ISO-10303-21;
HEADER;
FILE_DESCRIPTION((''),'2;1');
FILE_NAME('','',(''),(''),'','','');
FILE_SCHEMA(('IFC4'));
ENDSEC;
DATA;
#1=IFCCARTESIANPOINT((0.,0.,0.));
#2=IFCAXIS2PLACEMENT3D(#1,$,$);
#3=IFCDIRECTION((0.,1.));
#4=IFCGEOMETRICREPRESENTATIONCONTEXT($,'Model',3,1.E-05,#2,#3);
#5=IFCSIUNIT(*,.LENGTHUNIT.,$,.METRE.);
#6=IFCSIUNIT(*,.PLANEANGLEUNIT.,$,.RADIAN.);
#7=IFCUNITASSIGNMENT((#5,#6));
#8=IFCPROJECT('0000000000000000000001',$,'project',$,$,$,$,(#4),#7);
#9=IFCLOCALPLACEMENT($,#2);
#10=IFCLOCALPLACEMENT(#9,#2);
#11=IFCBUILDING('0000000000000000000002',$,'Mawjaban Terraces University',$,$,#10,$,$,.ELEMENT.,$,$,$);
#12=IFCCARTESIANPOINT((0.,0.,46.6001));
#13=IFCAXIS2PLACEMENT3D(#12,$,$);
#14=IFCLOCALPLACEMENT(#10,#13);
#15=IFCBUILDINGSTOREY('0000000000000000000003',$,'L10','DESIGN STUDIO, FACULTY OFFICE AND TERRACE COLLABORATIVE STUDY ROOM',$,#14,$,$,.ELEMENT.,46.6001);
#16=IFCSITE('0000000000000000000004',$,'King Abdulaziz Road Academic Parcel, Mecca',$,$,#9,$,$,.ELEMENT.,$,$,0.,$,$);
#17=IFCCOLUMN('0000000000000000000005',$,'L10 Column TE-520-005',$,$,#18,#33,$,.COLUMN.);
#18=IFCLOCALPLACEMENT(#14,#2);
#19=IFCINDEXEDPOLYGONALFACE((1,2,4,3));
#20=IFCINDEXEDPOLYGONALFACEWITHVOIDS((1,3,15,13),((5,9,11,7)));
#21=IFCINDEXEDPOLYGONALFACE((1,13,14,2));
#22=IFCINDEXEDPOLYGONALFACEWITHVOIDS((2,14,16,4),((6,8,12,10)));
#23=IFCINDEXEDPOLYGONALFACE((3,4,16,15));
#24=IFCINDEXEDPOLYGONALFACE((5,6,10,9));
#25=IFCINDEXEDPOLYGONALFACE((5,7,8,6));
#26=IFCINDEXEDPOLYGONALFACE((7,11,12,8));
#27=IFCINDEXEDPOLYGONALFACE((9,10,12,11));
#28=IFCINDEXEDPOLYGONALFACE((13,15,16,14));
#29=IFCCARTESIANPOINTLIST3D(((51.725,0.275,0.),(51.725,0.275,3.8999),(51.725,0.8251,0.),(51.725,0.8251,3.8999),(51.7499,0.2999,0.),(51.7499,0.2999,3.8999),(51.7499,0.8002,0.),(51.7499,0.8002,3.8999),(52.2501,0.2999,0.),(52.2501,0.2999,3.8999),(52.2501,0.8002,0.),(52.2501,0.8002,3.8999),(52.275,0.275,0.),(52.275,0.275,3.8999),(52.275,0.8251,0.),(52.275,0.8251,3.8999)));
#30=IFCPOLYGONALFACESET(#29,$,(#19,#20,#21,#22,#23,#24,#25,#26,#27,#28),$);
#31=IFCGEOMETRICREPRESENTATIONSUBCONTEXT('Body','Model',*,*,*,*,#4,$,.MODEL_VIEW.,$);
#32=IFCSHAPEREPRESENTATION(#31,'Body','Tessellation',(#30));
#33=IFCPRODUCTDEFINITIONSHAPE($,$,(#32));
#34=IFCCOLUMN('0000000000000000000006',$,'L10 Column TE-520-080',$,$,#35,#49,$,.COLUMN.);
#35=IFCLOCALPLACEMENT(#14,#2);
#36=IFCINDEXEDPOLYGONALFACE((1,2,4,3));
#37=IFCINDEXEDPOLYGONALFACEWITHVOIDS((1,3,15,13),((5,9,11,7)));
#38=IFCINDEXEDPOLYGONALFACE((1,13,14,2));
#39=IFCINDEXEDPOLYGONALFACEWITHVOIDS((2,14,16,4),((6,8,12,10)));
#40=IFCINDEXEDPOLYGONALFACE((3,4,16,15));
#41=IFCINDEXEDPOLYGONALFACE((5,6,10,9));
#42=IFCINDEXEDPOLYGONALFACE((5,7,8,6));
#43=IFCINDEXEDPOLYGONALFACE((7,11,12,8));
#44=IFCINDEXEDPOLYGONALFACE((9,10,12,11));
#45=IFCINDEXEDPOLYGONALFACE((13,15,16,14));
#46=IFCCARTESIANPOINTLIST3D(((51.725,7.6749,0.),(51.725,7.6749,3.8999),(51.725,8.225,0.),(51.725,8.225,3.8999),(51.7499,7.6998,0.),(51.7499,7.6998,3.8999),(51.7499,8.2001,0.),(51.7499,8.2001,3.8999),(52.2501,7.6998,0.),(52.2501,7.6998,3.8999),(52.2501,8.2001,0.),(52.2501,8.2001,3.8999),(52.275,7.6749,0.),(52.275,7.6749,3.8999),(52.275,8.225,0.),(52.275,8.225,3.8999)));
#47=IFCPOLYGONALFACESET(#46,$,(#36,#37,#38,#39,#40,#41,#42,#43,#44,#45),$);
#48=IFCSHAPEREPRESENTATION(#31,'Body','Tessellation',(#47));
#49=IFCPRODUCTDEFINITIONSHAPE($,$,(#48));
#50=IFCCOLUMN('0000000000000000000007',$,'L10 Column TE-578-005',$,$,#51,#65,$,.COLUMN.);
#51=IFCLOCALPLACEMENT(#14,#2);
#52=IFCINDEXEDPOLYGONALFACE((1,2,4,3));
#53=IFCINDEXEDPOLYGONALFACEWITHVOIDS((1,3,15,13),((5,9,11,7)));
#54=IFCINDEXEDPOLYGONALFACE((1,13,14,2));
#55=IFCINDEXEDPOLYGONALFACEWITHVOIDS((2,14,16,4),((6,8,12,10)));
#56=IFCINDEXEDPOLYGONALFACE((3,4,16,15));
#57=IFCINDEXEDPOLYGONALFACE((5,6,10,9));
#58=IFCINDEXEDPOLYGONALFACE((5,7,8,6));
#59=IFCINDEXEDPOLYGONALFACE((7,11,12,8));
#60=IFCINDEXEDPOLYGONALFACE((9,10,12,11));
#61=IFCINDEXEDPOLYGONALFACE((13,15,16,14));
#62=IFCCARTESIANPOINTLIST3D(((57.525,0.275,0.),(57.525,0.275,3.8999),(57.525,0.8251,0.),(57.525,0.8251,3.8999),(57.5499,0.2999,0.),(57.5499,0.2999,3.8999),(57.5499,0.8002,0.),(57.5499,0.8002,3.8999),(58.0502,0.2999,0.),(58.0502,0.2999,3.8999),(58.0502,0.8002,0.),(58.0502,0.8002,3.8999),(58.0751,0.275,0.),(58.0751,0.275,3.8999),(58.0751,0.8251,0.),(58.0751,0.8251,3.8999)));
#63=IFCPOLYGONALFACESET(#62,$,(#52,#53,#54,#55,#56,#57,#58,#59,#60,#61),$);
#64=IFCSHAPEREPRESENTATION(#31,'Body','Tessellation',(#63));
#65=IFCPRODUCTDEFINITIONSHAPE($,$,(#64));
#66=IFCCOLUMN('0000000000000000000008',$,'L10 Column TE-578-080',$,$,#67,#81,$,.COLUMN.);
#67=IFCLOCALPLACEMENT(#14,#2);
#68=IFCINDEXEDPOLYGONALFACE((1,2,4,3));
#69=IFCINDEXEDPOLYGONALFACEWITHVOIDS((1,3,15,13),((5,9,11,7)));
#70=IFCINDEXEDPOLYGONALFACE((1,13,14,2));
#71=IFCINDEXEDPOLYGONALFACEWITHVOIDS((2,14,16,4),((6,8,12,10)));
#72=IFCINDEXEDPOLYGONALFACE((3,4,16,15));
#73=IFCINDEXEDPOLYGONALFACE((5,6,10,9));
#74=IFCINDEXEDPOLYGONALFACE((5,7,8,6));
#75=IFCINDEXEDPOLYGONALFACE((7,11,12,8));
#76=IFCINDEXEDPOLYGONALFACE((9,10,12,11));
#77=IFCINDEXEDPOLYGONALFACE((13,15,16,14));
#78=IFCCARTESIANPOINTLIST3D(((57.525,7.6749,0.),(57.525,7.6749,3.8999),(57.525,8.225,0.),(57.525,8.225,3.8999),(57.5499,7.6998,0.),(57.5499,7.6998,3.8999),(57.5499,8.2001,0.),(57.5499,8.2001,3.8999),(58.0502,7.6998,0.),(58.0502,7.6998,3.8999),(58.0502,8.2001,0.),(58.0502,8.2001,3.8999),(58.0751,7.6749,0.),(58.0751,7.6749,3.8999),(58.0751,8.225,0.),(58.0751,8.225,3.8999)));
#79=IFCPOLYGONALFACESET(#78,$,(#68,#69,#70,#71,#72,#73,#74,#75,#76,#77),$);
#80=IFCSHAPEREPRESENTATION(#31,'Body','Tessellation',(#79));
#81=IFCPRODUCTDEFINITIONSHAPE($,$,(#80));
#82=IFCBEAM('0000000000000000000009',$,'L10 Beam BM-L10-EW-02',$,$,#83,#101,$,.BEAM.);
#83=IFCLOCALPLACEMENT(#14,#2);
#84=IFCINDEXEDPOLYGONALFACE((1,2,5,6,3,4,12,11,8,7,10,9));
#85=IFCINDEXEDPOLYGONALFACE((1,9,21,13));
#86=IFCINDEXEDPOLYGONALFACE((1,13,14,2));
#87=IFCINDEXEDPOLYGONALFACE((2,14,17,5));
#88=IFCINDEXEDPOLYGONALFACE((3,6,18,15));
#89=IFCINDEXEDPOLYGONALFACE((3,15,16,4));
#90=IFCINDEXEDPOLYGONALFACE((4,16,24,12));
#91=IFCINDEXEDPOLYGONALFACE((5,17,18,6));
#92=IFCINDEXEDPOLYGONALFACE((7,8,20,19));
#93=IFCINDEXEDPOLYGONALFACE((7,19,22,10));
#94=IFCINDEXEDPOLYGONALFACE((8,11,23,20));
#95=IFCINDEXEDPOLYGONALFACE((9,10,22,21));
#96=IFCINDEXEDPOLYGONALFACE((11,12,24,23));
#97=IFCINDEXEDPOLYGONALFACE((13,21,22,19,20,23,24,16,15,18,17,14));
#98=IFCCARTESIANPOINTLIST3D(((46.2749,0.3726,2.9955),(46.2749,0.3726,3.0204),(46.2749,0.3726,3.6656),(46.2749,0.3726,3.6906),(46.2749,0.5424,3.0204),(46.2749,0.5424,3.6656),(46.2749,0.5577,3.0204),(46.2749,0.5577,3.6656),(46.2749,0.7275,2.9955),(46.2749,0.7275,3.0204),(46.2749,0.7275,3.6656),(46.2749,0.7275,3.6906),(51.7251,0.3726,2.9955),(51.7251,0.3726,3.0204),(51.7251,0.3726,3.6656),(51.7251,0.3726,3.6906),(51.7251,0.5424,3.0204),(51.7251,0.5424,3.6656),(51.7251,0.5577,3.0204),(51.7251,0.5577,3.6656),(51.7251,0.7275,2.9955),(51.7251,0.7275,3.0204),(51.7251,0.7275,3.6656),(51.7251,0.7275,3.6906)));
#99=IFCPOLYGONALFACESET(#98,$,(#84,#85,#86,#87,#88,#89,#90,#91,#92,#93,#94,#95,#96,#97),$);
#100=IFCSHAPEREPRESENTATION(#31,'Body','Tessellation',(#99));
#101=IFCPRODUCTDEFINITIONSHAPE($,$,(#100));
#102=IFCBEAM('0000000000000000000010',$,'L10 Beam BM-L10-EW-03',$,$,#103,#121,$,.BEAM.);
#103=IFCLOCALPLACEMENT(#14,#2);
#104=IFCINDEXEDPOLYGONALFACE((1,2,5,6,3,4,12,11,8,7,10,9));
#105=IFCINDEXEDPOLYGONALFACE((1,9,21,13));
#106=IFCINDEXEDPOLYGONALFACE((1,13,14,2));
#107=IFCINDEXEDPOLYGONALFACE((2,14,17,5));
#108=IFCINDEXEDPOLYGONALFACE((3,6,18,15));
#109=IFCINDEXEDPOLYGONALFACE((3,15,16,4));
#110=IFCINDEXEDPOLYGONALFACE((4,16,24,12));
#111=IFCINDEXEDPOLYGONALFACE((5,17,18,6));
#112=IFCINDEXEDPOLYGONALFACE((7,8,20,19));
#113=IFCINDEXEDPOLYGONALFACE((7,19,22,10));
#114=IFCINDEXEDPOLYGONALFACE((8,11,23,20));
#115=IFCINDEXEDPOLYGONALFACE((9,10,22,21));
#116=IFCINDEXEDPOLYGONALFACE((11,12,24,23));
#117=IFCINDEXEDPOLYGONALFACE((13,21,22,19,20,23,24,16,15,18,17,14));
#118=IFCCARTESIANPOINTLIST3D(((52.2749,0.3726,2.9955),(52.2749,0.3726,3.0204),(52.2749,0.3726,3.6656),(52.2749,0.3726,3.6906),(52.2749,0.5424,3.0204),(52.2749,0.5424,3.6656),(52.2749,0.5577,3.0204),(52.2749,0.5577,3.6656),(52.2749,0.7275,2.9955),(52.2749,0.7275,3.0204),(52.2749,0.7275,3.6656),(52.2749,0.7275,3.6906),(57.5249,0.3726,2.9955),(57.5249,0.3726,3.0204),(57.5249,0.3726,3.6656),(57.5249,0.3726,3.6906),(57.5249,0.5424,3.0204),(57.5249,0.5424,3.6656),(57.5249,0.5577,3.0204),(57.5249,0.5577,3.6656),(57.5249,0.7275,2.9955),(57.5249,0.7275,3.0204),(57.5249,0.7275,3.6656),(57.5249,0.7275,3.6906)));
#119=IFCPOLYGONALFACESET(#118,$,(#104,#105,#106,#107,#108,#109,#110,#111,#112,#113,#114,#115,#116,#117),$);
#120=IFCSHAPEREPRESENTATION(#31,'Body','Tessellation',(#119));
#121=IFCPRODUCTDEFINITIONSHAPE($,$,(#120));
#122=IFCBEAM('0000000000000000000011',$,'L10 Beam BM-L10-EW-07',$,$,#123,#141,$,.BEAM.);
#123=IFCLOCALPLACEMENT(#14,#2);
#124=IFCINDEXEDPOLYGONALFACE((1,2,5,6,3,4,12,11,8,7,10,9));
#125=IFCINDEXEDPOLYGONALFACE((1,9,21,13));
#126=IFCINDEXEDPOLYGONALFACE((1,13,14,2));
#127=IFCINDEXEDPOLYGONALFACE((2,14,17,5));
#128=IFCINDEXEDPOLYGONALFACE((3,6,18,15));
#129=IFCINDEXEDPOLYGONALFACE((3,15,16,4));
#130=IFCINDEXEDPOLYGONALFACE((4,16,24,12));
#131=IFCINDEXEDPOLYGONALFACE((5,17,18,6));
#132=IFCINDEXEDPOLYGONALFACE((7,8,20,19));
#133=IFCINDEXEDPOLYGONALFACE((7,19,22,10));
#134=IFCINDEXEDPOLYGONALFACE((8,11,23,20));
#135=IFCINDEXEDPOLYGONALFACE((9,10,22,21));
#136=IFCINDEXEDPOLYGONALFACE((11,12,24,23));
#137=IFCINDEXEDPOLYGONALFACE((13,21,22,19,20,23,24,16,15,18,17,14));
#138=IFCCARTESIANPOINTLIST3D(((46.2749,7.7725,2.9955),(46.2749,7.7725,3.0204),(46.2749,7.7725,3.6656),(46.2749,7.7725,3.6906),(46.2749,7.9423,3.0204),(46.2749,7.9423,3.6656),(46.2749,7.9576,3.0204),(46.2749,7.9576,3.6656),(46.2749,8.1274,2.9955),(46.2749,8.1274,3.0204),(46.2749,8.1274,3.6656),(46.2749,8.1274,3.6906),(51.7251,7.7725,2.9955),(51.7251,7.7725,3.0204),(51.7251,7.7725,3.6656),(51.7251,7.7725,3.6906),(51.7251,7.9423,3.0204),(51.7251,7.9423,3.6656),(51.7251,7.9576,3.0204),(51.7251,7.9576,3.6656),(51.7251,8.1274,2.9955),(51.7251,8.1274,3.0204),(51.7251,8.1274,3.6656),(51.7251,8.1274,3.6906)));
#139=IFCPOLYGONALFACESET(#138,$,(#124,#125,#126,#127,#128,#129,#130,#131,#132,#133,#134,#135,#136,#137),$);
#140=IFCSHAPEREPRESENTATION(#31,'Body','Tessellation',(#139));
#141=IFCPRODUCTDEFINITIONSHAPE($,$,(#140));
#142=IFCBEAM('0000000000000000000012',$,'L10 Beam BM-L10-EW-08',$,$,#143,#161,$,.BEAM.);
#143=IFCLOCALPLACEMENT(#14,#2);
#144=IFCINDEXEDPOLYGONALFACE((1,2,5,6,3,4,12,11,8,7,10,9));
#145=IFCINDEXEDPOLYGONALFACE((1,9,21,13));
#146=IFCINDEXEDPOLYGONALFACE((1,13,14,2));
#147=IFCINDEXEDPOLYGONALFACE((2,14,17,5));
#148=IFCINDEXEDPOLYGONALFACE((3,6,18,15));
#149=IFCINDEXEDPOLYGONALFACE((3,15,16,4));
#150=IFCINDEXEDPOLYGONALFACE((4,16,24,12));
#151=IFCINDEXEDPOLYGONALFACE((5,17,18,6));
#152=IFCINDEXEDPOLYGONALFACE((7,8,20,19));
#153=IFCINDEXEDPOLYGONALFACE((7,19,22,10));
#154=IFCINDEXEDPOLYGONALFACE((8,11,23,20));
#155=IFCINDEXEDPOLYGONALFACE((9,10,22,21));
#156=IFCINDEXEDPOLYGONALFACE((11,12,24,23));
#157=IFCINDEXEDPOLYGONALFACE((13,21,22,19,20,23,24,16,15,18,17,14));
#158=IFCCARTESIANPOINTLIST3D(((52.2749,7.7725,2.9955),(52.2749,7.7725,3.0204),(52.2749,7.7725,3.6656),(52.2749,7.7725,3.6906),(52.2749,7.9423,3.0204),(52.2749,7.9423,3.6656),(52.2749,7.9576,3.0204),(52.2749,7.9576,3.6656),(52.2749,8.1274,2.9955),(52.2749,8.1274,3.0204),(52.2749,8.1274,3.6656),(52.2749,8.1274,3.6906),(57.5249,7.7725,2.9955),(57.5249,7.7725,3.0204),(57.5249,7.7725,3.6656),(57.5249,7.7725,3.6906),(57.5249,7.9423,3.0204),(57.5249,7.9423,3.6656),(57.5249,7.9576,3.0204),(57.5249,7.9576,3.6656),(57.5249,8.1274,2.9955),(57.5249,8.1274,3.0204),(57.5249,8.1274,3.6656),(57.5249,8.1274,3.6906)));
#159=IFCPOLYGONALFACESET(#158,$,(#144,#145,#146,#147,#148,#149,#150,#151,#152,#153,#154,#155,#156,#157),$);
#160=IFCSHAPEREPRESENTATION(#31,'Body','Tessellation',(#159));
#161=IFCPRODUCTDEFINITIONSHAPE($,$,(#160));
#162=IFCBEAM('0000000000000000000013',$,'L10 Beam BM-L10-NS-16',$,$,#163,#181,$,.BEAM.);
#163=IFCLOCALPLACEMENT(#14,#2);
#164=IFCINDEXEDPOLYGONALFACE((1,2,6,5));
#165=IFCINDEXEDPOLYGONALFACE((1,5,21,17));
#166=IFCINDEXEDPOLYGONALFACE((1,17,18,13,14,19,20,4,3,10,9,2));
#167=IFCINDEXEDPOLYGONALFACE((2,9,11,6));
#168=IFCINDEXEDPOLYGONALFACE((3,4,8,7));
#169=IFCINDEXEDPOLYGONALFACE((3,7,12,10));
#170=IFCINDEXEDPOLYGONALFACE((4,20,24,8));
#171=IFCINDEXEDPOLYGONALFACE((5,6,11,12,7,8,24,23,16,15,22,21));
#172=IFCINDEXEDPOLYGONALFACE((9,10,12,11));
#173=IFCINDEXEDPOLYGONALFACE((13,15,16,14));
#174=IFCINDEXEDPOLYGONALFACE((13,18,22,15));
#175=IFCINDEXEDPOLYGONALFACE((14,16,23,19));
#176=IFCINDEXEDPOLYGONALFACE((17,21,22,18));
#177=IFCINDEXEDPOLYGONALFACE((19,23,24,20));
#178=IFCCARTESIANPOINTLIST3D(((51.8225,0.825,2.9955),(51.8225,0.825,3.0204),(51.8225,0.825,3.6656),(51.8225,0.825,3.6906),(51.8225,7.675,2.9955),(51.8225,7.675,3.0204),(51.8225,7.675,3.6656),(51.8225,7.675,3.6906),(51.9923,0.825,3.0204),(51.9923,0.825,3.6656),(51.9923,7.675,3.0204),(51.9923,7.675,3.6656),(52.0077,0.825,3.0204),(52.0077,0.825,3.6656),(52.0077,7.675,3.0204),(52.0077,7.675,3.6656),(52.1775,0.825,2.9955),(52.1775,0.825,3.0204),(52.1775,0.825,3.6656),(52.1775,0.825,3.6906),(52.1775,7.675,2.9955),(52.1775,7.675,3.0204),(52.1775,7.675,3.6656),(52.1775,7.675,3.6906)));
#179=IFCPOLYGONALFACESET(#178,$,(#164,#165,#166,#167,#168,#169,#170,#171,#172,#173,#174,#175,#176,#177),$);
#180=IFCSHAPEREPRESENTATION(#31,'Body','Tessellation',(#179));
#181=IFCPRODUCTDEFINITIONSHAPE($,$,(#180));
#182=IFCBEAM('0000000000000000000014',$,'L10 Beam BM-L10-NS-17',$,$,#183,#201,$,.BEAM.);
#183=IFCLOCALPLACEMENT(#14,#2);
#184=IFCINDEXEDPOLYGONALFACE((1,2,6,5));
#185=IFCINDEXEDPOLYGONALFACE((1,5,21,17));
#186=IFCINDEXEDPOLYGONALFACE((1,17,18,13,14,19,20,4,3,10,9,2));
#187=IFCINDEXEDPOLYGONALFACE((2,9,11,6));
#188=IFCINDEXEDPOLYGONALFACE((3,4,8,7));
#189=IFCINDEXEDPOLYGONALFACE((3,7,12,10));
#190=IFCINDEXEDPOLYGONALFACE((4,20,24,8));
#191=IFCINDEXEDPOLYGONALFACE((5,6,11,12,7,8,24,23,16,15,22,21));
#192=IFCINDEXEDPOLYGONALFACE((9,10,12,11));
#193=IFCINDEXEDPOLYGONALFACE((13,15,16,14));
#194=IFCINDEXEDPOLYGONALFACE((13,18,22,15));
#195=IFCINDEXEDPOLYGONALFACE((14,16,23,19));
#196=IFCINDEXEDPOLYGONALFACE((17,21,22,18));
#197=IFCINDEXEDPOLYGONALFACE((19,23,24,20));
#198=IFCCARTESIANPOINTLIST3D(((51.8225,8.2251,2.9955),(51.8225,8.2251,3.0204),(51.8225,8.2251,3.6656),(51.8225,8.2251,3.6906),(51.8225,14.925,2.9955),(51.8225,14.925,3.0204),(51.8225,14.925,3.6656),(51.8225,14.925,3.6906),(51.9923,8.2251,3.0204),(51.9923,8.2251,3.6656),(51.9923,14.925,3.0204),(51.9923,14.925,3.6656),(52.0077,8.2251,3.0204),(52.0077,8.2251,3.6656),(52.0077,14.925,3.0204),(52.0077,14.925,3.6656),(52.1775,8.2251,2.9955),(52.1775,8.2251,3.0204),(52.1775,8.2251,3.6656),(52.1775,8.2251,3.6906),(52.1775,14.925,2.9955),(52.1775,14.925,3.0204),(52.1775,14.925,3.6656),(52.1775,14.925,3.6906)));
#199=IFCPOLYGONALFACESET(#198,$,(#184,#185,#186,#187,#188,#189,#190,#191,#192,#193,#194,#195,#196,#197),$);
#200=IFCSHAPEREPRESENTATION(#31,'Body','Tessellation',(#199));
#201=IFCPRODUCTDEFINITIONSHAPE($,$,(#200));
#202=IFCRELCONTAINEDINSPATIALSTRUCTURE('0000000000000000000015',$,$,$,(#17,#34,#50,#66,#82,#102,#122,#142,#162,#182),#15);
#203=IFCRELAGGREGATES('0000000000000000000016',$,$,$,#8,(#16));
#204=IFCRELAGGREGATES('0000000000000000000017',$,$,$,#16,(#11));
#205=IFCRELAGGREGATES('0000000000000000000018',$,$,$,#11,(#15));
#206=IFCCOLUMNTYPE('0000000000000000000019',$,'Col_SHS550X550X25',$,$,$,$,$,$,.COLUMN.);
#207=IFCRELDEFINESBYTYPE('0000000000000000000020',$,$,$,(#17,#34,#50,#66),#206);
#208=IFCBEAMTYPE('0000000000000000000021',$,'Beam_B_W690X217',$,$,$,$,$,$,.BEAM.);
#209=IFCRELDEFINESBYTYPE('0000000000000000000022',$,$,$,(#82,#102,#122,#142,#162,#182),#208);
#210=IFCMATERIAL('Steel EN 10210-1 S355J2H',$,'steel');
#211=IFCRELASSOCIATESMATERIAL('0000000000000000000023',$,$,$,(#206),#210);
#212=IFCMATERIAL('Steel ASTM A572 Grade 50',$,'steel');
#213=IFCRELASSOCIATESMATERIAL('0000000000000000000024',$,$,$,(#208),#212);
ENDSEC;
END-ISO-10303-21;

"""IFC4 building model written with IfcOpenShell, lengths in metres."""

from ifc_helpers import new_model, si_unit, direction, frame, origin, origin_2d, place, context, subcontext, project, spatial, hollow_rectangle, i_section, extrude, material, material_profile, profile_set, type_object, element, save


model = new_model("IFC4")

# Units and contexts
model_context = context("Model", 3, precision=1e-05, world=origin(), true_north=direction((0.0, 1.0)))
body_context = subcontext(model_context, "Body", "Model", "MODEL_VIEW")
ifc_project = project(units=[si_unit("LENGTHUNIT", "METRE"), si_unit("PLANEANGLEUNIT", "RADIAN")], contexts=[model_context])

# Site, building, storey
site_placement = place(None, origin())
site = spatial("IfcSite", under=ifc_project, at=site_placement, Name="King Abdulaziz Road Academic Parcel, Mecca", CompositionType="ELEMENT", RefElevation=0.0)
building_placement = place(site_placement, origin())
building = spatial("IfcBuilding", under=site, at=building_placement, Name="Mawjaban Terraces University", CompositionType="ELEMENT")
storey_placement = place(building_placement, frame((0.0, 0.0, 46.6001)))
storey = spatial("IfcBuildingStorey", under=building, at=storey_placement, Name="L10", Description="DESIGN STUDIO, FACULTY OFFICE AND TERRACE COLLABORATIVE STUDY ROOM", CompositionType="ELEMENT", Elevation=46.6001)

# Columns
ifc_material_1 = material(Name="Steel EN 10210-1 S355J2H", Category="steel")
ifc_material_profile_1 = material_profile(ifc_material_1, hollow_rectangle(XDim=0.55, YDim=0.55, WallThickness=0.0249, at=origin_2d()), Name="SHS550X550X25")
ifc_profile_set_1 = profile_set([ifc_material_profile_1], Name="Steel EN 10210-1 S355J2H")
column_type = type_object("IfcColumnType", Name="Col_SHS550X550X25", PredefinedType="COLUMN", material=ifc_profile_set_1)
for number, where, z_axis, x_axis, name in (
    (1, (52.0, 0.55, 0.0), (0.0, 0.0, 1.0), (1.0, 0.0, 0.0), "L10 Column TE-520-005"),
    (2, (52.0, 7.95, 0.0), (0.0, 0.0, 1.0), (1.0, 0.0, 0.0), "L10 Column TE-520-080"),
    (3, (57.8, 0.55, 0.0), (0.0, 0.0, 1.0), (1.0, 0.0, 0.0), "L10 Column TE-578-005"),
    (4, (57.8, 7.95, 0.0), (0.0, 0.0, 1.0), (1.0, 0.0, 0.0), "L10 Column TE-578-080"),
):
    element("IfcColumn", number, at=place(storey_placement, frame(where, z_axis=z_axis, x_axis=x_axis)), inside=storey, type_object=column_type, Name=name, PredefinedType="COLUMN", context=body_context, shape_type="SweptSolid", body=[
        extrude(hollow_rectangle(XDim=0.55, YDim=0.55, WallThickness=0.0249, at=origin_2d()), origin(), (0.0, 0.0, 1.0), 3.8999),
    ])

# Beams
ifc_material_2 = material(Name="Steel ASTM A572 Grade 50", Category="steel")
ifc_material_profile_2 = material_profile(ifc_material_2, i_section(OverallWidth=0.355, OverallDepth=0.6951, WebThickness=0.0154, FlangeThickness=0.0249, at=origin_2d()), Name="W690X217")
ifc_profile_set_2 = profile_set([ifc_material_profile_2], Name="Steel ASTM A572 Grade 50")
beam_type_1 = type_object("IfcBeamType", Name="Beam_B_W690X217", PredefinedType="BEAM", material=ifc_profile_set_2)
beam_1_placement = place(storey_placement, frame((46.2749, 0.55, 3.343), z_axis=(1.0, 0.0, 0.0), x_axis=(0.0, 1.0, 0.0)))
element("IfcBeam", 5, at=beam_1_placement, inside=storey, type_object=beam_type_1, Name="L10 Beam BM-L10-EW-02", PredefinedType="BEAM", context=body_context, shape_type="SweptSolid", body=[
    extrude(i_section(OverallWidth=0.355, OverallDepth=0.6951, WebThickness=0.0154, FlangeThickness=0.0249, at=origin_2d()), origin(), (0.0, 0.0, 1.0), 5.4502),
])
beam_2_placement = place(storey_placement, frame((52.2749, 0.55, 3.343), z_axis=(1.0, 0.0, 0.0), x_axis=(0.0, 1.0, 0.0)))
element("IfcBeam", 6, at=beam_2_placement, inside=storey, type_object=beam_type_1, Name="L10 Beam BM-L10-EW-03", PredefinedType="BEAM", context=body_context, shape_type="SweptSolid", body=[
    extrude(i_section(OverallWidth=0.355, OverallDepth=0.6951, WebThickness=0.0154, FlangeThickness=0.0249, at=origin_2d()), origin(), (0.0, 0.0, 1.0), 5.25),
])
beam_3_placement = place(storey_placement, frame((46.2749, 7.95, 3.343), z_axis=(1.0, 0.0, 0.0), x_axis=(0.0, 1.0, 0.0)))
element("IfcBeam", 7, at=beam_3_placement, inside=storey, type_object=beam_type_1, Name="L10 Beam BM-L10-EW-07", PredefinedType="BEAM", context=body_context, shape_type="SweptSolid", body=[
    extrude(i_section(OverallWidth=0.355, OverallDepth=0.6951, WebThickness=0.0154, FlangeThickness=0.0249, at=origin_2d()), origin(), (0.0, 0.0, 1.0), 5.4502),
])
beam_4_placement = place(storey_placement, frame((52.2749, 7.95, 3.343), z_axis=(1.0, 0.0, 0.0), x_axis=(0.0, 1.0, 0.0)))
element("IfcBeam", 8, at=beam_4_placement, inside=storey, type_object=beam_type_1, Name="L10 Beam BM-L10-EW-08", PredefinedType="BEAM", context=body_context, shape_type="SweptSolid", body=[
    extrude(i_section(OverallWidth=0.355, OverallDepth=0.6951, WebThickness=0.0154, FlangeThickness=0.0249, at=origin_2d()), origin(), (0.0, 0.0, 1.0), 5.25),
])
beam_5_placement = place(storey_placement, frame((52.0, 0.825, 3.343), z_axis=(0.0, 1.0, 0.0), x_axis=(-1.0, 0.0, 0.0)))
element("IfcBeam", 9, at=beam_5_placement, inside=storey, type_object=beam_type_1, Name="L10 Beam BM-L10-NS-16", PredefinedType="BEAM", context=body_context, shape_type="SweptSolid", body=[
    extrude(i_section(OverallWidth=0.355, OverallDepth=0.6951, WebThickness=0.0154, FlangeThickness=0.0249, at=origin_2d()), origin(), (0.0, 0.0, 1.0), 6.8501),
])
beam_6_placement = place(storey_placement, frame((52.0, 8.2251, 3.343), z_axis=(0.0, 1.0, 0.0), x_axis=(-1.0, 0.0, 0.0)))
element("IfcBeam", 10, at=beam_6_placement, inside=storey, type_object=beam_type_1, Name="L10 Beam BM-L10-NS-17", PredefinedType="BEAM", context=body_context, shape_type="SweptSolid", body=[
    extrude(i_section(OverallWidth=0.355, OverallDepth=0.6951, WebThickness=0.0154, FlangeThickness=0.0249, at=origin_2d()), origin(), (0.0, 0.0, 1.0), 6.7),
])

save(model, "model.ifc")
